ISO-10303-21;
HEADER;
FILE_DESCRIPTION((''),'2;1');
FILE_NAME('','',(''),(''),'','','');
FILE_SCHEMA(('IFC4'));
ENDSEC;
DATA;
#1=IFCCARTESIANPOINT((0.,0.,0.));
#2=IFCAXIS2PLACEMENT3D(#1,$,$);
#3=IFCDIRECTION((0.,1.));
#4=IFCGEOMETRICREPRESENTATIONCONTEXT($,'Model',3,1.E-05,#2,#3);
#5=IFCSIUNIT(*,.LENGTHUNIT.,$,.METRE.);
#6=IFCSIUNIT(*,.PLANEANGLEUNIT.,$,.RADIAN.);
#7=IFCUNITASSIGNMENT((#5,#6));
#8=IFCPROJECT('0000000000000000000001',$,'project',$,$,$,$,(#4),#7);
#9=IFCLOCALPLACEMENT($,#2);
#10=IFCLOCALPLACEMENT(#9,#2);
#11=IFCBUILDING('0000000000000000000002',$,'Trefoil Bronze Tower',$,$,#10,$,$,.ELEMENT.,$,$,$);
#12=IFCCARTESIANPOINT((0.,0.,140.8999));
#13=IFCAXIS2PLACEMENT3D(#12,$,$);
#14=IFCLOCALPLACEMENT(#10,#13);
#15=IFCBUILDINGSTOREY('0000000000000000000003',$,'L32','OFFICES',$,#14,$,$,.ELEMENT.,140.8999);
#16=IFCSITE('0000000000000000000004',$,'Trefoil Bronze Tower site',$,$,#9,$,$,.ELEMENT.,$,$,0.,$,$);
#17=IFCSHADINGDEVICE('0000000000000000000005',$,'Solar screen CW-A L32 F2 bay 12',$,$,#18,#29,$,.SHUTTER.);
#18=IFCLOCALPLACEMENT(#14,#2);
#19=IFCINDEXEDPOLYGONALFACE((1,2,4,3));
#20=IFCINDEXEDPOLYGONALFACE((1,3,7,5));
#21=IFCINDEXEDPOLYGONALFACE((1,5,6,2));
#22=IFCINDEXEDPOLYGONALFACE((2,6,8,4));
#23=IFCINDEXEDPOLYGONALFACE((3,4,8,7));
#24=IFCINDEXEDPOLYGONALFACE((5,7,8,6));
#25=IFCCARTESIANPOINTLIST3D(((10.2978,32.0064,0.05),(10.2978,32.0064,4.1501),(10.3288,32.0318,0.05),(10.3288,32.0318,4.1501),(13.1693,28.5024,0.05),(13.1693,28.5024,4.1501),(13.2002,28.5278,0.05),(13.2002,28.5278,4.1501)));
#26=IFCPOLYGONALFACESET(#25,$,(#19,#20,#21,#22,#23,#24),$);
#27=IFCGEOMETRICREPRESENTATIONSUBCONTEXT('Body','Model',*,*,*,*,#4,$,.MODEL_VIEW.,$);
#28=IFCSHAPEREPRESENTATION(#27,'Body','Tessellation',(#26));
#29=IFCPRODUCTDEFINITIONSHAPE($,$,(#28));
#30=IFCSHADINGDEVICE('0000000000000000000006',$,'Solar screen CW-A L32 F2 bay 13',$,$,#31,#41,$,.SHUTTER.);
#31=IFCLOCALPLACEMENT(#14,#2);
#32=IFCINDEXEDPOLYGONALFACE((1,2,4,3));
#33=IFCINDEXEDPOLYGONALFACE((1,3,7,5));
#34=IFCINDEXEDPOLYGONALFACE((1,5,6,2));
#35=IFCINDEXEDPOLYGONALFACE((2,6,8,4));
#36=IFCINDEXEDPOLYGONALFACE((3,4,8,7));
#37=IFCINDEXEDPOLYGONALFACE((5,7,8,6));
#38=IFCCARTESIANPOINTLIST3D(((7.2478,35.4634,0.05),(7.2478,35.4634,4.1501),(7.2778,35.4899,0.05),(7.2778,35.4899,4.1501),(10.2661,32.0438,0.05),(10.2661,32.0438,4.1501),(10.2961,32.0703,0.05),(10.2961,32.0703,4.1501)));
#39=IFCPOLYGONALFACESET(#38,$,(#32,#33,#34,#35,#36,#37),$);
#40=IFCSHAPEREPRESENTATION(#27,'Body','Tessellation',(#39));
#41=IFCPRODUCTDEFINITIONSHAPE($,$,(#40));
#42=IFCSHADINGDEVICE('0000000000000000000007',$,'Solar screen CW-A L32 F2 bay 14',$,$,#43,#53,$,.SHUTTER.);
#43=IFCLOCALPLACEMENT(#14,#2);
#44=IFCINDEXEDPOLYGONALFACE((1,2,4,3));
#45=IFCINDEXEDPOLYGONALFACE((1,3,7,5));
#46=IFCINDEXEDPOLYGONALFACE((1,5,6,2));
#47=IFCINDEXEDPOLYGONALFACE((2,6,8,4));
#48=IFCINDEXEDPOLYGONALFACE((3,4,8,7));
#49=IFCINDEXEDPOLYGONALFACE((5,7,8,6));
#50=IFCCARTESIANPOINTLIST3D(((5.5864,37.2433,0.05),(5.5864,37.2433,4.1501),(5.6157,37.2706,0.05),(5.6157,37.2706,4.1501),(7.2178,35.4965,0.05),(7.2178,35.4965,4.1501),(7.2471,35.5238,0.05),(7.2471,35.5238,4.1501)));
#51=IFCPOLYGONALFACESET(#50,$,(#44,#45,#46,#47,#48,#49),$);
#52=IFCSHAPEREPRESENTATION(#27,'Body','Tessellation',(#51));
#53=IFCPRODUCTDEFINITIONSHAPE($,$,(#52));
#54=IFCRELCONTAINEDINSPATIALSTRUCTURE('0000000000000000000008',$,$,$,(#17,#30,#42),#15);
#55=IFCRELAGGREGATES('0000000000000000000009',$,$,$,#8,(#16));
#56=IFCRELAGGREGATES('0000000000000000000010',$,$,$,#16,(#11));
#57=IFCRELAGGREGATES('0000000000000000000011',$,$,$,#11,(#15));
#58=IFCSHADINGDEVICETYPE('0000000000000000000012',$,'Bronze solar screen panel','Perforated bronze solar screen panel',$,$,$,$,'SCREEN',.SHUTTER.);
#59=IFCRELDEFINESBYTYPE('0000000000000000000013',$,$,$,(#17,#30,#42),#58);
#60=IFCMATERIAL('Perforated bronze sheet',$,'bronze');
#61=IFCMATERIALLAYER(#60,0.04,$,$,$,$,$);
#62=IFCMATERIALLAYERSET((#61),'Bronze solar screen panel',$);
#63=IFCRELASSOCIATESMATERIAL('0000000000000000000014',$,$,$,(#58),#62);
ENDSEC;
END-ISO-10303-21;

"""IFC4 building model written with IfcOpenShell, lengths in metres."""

from ifc_helpers import new_model, si_unit, direction, frame, origin, origin_2d, place, context, subcontext, project, spatial, rectangle, extrude, material, layer, layer_set, type_object, element, save


model = new_model("IFC4")

# Units and contexts
model_context = context("Model", 3, precision=1e-05, world=origin(), true_north=direction((0.0, 1.0)))
body_context = subcontext(model_context, "Body", "Model", "MODEL_VIEW")
ifc_project = project(units=[si_unit("LENGTHUNIT", "METRE"), si_unit("PLANEANGLEUNIT", "RADIAN")], contexts=[model_context])

# Site, building, storey
site_placement = place(None, origin())
site = spatial("IfcSite", under=ifc_project, at=site_placement, Name="Trefoil Bronze Tower site", CompositionType="ELEMENT", RefElevation=0.0)
building_placement = place(site_placement, origin())
building = spatial("IfcBuilding", under=site, at=building_placement, Name="Trefoil Bronze Tower", CompositionType="ELEMENT")
storey_placement = place(building_placement, frame((0.0, 0.0, 140.8999)))
storey = spatial("IfcBuildingStorey", under=building, at=storey_placement, Name="L32", Description="OFFICES", CompositionType="ELEMENT", Elevation=140.8999)

# Shading devices
ifc_material_1 = material(Name="Perforated bronze sheet", Category="bronze")
ifc_layer_1 = layer(ifc_material_1, 0.04)
ifc_layer_set_1 = layer_set([ifc_layer_1], Name="Bronze solar screen panel")
shading_device_type = type_object("IfcShadingDeviceType", Name="Bronze solar screen panel", Description="Perforated bronze solar screen panel", ElementType="SCREEN", PredefinedType="SHUTTER", material=ifc_layer_set_1)
shading_device_1_placement = place(storey_placement, frame((11.749, 30.2671, 0.05), z_axis=(0.0, 0.0, 1.0), x_axis=(-0.63384, 0.773464, 0.0)))
element("IfcShadingDevice", 1, at=shading_device_1_placement, inside=storey, type_object=shading_device_type, Name="Solar screen CW-A L32 F2 bay 12", PredefinedType="SHUTTER", context=body_context, shape_type="SweptSolid", body=[
    extrude(rectangle(XDim=4.5303, YDim=0.04, at=origin_2d()), origin(), (0.0, 0.0, 1.0), 4.1001),
])
shading_device_2_placement = place(storey_placement, frame((8.772, 33.7668, 0.05), z_axis=(0.0, 0.0, 1.0), x_axis=(-0.661751, 0.749723, 0.0)))
element("IfcShadingDevice", 2, at=shading_device_2_placement, inside=storey, type_object=shading_device_type, Name="Solar screen CW-A L32 F2 bay 13", PredefinedType="SHUTTER", context=body_context, shape_type="SweptSolid", body=[
    extrude(rectangle(XDim=4.561, YDim=0.04, at=origin_2d()), origin(), (0.0, 0.0, 1.0), 4.1001),
])
shading_device_3_placement = place(storey_placement, frame((6.4167, 36.3835, 0.05), z_axis=(0.0, 0.0, 1.0), x_axis=(-0.682536, 0.730852, 0.0)))
element("IfcShadingDevice", 3, at=shading_device_3_placement, inside=storey, type_object=shading_device_type, Name="Solar screen CW-A L32 F2 bay 14", PredefinedType="SHUTTER", context=body_context, shape_type="SweptSolid", body=[
    extrude(rectangle(XDim=2.3901, YDim=0.04, at=origin_2d()), origin(), (0.0, 0.0, 1.0), 4.1001),
])

save(model, "model.ifc")
